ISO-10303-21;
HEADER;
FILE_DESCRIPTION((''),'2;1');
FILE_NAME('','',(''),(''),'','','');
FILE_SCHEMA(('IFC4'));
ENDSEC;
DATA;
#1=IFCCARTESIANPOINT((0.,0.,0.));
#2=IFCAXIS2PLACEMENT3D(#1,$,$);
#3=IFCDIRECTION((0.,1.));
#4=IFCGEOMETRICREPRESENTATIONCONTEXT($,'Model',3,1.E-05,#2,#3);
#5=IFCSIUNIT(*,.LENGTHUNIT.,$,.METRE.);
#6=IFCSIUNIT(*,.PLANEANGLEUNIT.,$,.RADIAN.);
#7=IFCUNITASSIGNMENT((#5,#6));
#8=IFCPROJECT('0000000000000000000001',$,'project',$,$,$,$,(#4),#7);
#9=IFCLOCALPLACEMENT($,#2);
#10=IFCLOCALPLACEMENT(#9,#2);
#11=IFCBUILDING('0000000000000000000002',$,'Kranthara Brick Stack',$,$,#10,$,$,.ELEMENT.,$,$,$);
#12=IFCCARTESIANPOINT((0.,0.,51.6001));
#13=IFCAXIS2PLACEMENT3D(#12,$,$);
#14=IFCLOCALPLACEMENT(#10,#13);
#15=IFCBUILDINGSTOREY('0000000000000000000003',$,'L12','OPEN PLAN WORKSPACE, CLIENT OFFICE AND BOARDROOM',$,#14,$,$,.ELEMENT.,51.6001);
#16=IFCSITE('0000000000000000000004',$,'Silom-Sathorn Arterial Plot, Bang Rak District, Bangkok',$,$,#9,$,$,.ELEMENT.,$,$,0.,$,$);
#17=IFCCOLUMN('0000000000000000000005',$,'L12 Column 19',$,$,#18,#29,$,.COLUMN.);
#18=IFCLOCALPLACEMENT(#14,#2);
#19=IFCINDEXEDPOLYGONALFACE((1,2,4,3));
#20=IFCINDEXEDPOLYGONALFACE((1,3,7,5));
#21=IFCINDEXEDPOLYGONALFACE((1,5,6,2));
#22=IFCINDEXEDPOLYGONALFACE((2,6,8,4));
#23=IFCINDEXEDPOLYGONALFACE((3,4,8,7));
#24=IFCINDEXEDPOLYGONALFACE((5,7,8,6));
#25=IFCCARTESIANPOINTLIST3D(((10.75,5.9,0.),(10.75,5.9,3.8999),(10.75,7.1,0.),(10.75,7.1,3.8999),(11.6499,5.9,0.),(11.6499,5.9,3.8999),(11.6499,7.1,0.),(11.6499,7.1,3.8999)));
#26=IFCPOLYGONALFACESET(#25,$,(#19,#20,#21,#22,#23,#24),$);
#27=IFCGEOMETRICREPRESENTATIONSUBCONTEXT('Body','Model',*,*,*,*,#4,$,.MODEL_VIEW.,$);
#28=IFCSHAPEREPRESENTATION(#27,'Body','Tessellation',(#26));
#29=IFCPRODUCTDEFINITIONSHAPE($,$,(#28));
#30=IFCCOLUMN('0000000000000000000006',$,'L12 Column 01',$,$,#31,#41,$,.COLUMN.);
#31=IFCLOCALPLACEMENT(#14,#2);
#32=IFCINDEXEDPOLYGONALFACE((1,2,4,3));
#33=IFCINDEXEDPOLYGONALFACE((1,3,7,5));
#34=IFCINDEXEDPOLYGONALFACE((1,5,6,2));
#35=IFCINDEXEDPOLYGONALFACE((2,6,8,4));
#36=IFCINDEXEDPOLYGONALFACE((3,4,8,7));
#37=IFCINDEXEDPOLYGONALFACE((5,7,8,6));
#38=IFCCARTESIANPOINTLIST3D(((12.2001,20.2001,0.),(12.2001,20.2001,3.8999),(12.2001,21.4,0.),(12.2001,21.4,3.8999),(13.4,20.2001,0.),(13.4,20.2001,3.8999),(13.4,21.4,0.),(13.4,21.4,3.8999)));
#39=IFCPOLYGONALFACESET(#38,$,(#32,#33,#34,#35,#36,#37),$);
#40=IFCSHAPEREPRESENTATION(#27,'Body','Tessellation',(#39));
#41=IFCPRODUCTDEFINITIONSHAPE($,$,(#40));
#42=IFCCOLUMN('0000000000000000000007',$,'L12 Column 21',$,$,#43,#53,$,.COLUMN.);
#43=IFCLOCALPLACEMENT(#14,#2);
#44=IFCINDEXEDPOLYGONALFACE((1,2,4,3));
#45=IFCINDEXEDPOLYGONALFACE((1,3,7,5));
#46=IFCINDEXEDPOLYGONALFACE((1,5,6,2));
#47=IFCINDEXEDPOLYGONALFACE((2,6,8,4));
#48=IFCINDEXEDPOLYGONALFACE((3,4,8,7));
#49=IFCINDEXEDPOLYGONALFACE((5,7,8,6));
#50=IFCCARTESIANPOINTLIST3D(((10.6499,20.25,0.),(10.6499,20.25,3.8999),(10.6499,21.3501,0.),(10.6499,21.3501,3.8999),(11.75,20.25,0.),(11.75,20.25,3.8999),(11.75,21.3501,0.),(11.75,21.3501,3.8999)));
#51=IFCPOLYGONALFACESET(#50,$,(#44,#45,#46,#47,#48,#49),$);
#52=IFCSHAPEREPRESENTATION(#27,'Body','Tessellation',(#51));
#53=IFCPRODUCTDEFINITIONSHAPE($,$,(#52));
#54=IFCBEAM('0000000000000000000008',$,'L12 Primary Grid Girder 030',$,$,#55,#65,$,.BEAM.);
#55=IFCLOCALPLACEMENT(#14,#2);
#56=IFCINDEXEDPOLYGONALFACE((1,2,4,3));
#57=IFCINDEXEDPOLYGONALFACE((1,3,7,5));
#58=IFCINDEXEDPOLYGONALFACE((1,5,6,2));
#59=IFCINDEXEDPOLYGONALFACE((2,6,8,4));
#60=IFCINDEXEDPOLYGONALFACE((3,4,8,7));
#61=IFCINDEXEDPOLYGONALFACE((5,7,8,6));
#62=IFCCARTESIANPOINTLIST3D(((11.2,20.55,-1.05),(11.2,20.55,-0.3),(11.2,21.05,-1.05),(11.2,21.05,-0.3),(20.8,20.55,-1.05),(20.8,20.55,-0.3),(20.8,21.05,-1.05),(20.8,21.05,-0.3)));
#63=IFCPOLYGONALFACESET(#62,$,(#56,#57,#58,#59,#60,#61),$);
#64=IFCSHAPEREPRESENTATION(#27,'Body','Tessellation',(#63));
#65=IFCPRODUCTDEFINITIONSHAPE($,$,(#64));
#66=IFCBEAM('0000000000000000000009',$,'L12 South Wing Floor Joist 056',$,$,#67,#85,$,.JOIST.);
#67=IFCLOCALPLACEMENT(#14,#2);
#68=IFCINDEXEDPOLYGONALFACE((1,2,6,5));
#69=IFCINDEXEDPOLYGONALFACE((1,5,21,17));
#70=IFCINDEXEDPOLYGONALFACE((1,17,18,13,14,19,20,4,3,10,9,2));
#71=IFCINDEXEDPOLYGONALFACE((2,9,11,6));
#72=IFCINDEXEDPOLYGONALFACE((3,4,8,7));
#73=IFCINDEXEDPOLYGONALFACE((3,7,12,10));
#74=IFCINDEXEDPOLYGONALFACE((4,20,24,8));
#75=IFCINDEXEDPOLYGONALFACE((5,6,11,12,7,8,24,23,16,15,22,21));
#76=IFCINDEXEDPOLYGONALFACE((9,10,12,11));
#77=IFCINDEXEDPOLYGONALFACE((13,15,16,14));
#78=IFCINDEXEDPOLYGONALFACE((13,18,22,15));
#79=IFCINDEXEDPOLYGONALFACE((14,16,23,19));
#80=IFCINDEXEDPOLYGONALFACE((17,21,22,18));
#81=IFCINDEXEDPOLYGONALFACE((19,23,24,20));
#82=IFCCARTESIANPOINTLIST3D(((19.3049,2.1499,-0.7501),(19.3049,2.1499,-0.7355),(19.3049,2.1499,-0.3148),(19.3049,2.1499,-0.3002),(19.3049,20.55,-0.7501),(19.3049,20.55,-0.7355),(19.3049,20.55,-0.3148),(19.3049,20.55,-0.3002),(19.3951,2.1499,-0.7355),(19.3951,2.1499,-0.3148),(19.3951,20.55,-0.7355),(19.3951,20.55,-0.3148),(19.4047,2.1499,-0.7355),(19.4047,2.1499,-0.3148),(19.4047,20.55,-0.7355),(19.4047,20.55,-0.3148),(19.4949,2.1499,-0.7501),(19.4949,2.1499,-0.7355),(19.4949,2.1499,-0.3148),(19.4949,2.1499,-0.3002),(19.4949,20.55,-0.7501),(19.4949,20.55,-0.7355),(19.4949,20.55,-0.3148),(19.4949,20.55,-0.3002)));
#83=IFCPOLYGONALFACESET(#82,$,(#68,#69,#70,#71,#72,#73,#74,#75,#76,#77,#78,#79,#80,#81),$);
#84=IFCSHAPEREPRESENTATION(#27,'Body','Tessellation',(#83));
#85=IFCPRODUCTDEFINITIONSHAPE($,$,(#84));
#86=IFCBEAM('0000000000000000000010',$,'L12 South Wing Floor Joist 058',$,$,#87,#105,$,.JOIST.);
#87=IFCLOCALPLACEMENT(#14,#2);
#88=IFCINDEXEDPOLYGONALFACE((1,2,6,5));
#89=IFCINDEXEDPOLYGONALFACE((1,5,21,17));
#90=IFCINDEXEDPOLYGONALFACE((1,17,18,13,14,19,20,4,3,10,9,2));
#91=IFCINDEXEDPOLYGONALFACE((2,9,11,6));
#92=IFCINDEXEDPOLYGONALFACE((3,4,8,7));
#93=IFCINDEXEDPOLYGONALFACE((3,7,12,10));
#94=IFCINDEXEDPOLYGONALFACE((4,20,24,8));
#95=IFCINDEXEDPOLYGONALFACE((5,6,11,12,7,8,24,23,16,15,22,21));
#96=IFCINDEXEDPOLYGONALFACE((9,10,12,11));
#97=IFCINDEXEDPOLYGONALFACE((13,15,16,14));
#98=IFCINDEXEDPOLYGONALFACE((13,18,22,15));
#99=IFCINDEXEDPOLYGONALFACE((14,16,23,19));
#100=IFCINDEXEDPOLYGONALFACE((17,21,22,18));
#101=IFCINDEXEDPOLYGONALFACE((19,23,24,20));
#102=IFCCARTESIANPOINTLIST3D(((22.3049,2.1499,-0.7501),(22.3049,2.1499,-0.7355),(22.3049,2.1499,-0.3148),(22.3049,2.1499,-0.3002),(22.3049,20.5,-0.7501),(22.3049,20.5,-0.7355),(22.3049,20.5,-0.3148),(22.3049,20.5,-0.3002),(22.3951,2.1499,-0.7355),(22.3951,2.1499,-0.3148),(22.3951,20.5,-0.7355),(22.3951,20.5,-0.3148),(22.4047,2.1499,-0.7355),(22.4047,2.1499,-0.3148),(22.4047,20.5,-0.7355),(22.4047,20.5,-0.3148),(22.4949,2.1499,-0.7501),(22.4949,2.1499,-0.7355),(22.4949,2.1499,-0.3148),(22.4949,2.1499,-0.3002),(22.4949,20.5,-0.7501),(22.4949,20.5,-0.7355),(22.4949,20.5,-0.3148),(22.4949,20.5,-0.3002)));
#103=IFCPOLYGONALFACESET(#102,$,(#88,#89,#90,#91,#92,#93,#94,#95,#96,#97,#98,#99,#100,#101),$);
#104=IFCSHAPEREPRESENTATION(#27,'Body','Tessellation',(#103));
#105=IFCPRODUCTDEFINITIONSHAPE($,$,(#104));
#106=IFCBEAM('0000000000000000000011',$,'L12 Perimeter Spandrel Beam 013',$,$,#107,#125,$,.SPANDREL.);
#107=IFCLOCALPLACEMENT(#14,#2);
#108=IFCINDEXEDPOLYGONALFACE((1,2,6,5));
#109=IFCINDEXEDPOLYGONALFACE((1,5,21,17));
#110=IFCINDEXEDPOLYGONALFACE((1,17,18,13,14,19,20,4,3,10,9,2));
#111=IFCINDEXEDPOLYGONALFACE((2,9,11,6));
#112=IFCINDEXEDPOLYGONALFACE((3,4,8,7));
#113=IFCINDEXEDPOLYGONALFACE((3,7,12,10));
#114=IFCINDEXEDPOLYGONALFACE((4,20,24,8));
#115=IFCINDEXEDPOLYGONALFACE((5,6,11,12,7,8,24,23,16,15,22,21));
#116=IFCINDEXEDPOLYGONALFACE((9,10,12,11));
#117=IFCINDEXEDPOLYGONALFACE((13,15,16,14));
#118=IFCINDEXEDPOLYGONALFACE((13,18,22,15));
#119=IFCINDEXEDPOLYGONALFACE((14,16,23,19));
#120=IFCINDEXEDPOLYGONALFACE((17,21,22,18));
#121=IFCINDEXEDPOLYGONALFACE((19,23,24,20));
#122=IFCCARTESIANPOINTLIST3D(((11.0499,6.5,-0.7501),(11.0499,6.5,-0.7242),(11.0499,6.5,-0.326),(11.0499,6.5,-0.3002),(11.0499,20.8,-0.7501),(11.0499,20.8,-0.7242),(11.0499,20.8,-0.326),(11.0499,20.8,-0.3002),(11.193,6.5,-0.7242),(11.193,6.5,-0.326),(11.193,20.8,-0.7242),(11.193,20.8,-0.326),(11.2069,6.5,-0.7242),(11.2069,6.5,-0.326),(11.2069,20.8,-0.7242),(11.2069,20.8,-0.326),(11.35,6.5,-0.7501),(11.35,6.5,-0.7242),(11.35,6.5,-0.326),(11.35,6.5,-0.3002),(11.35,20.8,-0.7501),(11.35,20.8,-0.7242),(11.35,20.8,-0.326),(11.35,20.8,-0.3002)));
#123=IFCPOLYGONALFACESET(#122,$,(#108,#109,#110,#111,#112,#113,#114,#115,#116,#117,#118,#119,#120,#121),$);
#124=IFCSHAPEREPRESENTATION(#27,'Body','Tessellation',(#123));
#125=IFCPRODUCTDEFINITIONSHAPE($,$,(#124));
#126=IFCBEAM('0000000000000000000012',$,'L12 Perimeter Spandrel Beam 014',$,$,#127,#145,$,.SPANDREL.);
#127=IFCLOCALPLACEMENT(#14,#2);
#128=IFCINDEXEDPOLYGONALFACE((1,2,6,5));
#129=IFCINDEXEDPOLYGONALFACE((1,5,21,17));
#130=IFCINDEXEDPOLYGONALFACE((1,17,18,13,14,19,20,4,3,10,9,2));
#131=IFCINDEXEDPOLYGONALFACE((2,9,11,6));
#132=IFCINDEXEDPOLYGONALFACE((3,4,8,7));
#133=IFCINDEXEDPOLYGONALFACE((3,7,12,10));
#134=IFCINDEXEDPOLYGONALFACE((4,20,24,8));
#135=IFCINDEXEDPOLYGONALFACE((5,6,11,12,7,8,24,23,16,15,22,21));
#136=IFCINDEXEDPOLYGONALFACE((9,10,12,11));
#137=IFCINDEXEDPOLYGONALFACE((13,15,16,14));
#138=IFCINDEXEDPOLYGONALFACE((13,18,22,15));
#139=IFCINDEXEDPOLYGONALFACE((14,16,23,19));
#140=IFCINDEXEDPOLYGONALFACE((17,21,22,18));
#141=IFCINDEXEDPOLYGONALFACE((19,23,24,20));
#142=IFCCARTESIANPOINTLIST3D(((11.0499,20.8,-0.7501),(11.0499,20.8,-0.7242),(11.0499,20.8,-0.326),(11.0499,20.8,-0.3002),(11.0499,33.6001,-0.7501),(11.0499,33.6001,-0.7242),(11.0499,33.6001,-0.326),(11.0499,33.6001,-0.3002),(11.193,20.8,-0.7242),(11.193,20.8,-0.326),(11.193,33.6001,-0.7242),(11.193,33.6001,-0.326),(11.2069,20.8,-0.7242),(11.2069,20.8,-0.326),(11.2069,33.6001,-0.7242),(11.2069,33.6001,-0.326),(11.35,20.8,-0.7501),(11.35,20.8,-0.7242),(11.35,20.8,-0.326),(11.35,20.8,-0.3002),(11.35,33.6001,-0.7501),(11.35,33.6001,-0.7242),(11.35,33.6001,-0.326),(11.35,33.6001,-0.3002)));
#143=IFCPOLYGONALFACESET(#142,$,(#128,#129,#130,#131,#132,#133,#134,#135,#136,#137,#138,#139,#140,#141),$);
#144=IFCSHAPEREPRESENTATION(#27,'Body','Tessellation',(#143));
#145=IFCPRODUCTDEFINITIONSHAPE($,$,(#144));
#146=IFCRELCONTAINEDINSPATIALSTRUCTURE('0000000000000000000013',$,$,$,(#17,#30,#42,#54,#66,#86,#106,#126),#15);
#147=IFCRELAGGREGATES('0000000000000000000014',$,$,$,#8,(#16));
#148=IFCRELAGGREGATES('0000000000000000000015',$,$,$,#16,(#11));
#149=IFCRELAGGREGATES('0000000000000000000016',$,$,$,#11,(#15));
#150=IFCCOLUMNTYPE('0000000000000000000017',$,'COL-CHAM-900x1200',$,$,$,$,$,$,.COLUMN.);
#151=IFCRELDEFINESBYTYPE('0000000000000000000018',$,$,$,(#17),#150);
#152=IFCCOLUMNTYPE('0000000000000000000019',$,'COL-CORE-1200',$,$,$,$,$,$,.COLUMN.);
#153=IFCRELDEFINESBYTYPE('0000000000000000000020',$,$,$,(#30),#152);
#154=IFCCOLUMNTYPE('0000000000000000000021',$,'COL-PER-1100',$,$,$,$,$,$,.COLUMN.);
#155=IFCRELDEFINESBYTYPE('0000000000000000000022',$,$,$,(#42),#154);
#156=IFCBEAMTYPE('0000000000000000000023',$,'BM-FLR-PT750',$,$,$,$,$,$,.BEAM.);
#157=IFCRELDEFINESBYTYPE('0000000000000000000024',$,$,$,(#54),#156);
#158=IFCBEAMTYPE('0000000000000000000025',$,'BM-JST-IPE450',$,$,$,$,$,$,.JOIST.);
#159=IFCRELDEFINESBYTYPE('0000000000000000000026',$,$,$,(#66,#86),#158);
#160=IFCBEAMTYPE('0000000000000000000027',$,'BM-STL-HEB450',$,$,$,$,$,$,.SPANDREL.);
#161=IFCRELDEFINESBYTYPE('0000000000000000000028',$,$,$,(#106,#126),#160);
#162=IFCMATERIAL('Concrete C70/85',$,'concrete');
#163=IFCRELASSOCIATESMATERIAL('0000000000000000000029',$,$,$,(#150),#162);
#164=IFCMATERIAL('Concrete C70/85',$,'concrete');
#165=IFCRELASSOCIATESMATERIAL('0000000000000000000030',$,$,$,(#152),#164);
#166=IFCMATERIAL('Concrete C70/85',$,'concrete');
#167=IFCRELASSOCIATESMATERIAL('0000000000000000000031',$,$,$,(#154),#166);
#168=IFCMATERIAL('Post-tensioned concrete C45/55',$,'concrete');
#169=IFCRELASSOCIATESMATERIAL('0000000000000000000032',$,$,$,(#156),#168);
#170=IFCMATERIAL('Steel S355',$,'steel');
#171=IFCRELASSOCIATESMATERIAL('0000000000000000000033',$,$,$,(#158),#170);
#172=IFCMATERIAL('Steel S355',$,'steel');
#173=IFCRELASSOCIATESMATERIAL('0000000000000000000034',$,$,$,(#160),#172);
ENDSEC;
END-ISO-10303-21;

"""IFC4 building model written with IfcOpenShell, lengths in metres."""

from ifc_helpers import new_model, si_unit, direction, frame, origin, origin_2d, place, context, subcontext, project, spatial, rectangle, i_section, extrude, material, material_profile, profile_set, type_object, element, save


model = new_model("IFC4")

# Units and contexts
model_context = context("Model", 3, precision=1e-05, world=origin(), true_north=direction((0.0, 1.0)))
body_context = subcontext(model_context, "Body", "Model", "MODEL_VIEW")
ifc_project = project(units=[si_unit("LENGTHUNIT", "METRE"), si_unit("PLANEANGLEUNIT", "RADIAN")], contexts=[model_context])

# Site, building, storey
site_placement = place(None, origin())
site = spatial("IfcSite", under=ifc_project, at=site_placement, Name="Silom-Sathorn Arterial Plot, Bang Rak District, Bangkok", CompositionType="ELEMENT", RefElevation=0.0)
building_placement = place(site_placement, origin())
building = spatial("IfcBuilding", under=site, at=building_placement, Name="Kranthara Brick Stack", CompositionType="ELEMENT")
storey_placement = place(building_placement, frame((0.0, 0.0, 51.6001)))
storey = spatial("IfcBuildingStorey", under=building, at=storey_placement, Name="L12", Description="OPEN PLAN WORKSPACE, CLIENT OFFICE AND BOARDROOM", CompositionType="ELEMENT", Elevation=51.6001)

# Columns
ifc_material_1 = material(Name="Concrete C70/85", Category="concrete")
ifc_material_profile_1 = material_profile(ifc_material_1, rectangle(XDim=0.8999, YDim=1.2, at=origin_2d()), Name="RC 900x1200")
ifc_profile_set_1 = profile_set([ifc_material_profile_1], Name="Concrete C70/85")
column_type_1 = type_object("IfcColumnType", Name="COL-CHAM-900x1200", PredefinedType="COLUMN", material=ifc_profile_set_1)
column_1_placement = place(storey_placement, frame((11.2, 6.5, 0.0), z_axis=(0.0, 0.0, 1.0), x_axis=(1.0, 0.0, 0.0)))
element("IfcColumn", 1, at=column_1_placement, inside=storey, type_object=column_type_1, Name="L12 Column 19", PredefinedType="COLUMN", context=body_context, shape_type="SweptSolid", body=[
    extrude(rectangle(XDim=0.8999, YDim=1.2, at=origin_2d()), origin(), (0.0, 0.0, 1.0), 3.8999),
])
ifc_material_2 = material(Name="Concrete C70/85", Category="concrete")
ifc_material_profile_2 = material_profile(ifc_material_2, rectangle(XDim=1.2, YDim=1.2, at=origin_2d()), Name="RC 1200x1200")
ifc_profile_set_2 = profile_set([ifc_material_profile_2], Name="Concrete C70/85")
column_type_2 = type_object("IfcColumnType", Name="COL-CORE-1200", PredefinedType="COLUMN", material=ifc_profile_set_2)
column_2_placement = place(storey_placement, frame((12.8, 20.8, 0.0), z_axis=(0.0, 0.0, 1.0), x_axis=(1.0, 0.0, 0.0)))
element("IfcColumn", 2, at=column_2_placement, inside=storey, type_object=column_type_2, Name="L12 Column 01", PredefinedType="COLUMN", context=body_context, shape_type="SweptSolid", body=[
    extrude(rectangle(XDim=1.2, YDim=1.2, at=origin_2d()), origin(), (0.0, 0.0, 1.0), 3.8999),
])
ifc_material_3 = material(Name="Concrete C70/85", Category="concrete")
ifc_material_profile_3 = material_profile(ifc_material_3, rectangle(XDim=1.1001, YDim=1.1001, at=origin_2d()), Name="RC 1100x1100")
ifc_profile_set_3 = profile_set([ifc_material_profile_3], Name="Concrete C70/85")
column_type_3 = type_object("IfcColumnType", Name="COL-PER-1100", PredefinedType="COLUMN", material=ifc_profile_set_3)
column_3_placement = place(storey_placement, frame((11.2, 20.8, 0.0), z_axis=(0.0, 0.0, 1.0), x_axis=(1.0, 0.0, 0.0)))
element("IfcColumn", 3, at=column_3_placement, inside=storey, type_object=column_type_3, Name="L12 Column 21", PredefinedType="COLUMN", context=body_context, shape_type="SweptSolid", body=[
    extrude(rectangle(XDim=1.1001, YDim=1.1001, at=origin_2d()), origin(), (0.0, 0.0, 1.0), 3.8999),
])

# Beams
ifc_material_4 = material(Name="Post-tensioned concrete C45/55", Category="concrete")
ifc_material_profile_4 = material_profile(ifc_material_4, rectangle(XDim=0.5, YDim=0.75, at=origin_2d()), Name="PT 500x750")
ifc_profile_set_4 = profile_set([ifc_material_profile_4], Name="Post-tensioned concrete C45/55")
beam_type_1 = type_object("IfcBeamType", Name="BM-FLR-PT750", PredefinedType="BEAM", material=ifc_profile_set_4)
beam_1_placement = place(storey_placement, frame((11.2, 20.8, -0.675), z_axis=(1.0, 0.0, 0.0), x_axis=(0.0, 1.0, 0.0)))
element("IfcBeam", 4, at=beam_1_placement, inside=storey, type_object=beam_type_1, Name="L12 Primary Grid Girder 030", PredefinedType="BEAM", context=body_context, shape_type="SweptSolid", body=[
    extrude(rectangle(XDim=0.5, YDim=0.75, at=origin_2d()), origin(), (0.0, 0.0, 1.0), 9.6001),
])
ifc_material_5 = material(Name="Steel S355", Category="steel")
ifc_material_profile_5 = material_profile(ifc_material_5, i_section(OverallWidth=0.1899, OverallDepth=0.45, WebThickness=0.0095, FlangeThickness=0.0146, at=origin_2d()), Name="IPE 450")
ifc_profile_set_5 = profile_set([ifc_material_profile_5], Name="Steel S355")
beam_type_2 = type_object("IfcBeamType", Name="BM-JST-IPE450", PredefinedType="JOIST", material=ifc_profile_set_5)
beam_2_placement = place(storey_placement, frame((19.3999, 2.1499, -0.5251), z_axis=(0.0, 1.0, 0.0), x_axis=(-1.0, 0.0, 0.0)))
element("IfcBeam", 5, at=beam_2_placement, inside=storey, type_object=beam_type_2, Name="L12 South Wing Floor Joist 056", PredefinedType="JOIST", context=body_context, shape_type="SweptSolid", body=[
    extrude(i_section(OverallWidth=0.1899, OverallDepth=0.45, WebThickness=0.0095, FlangeThickness=0.0146, at=origin_2d()), origin(), (0.0, 0.0, 1.0), 18.4001),
])
beam_3_placement = place(storey_placement, frame((22.3999, 2.1499, -0.5251), z_axis=(0.0, 1.0, 0.0), x_axis=(-1.0, 0.0, 0.0)))
element("IfcBeam", 6, at=beam_3_placement, inside=storey, type_object=beam_type_2, Name="L12 South Wing Floor Joist 058", PredefinedType="JOIST", context=body_context, shape_type="SweptSolid", body=[
    extrude(i_section(OverallWidth=0.1899, OverallDepth=0.45, WebThickness=0.0095, FlangeThickness=0.0146, at=origin_2d()), origin(), (0.0, 0.0, 1.0), 18.3501),
])
ifc_material_6 = material(Name="Steel S355", Category="steel")
ifc_material_profile_6 = material_profile(ifc_material_6, i_section(OverallWidth=0.3, OverallDepth=0.45, WebThickness=0.0139, FlangeThickness=0.0259, at=origin_2d()), Name="HEB 450")
ifc_profile_set_6 = profile_set([ifc_material_profile_6], Name="Steel S355")
beam_type_3 = type_object("IfcBeamType", Name="BM-STL-HEB450", PredefinedType="SPANDREL", material=ifc_profile_set_6)
beam_4_placement = place(storey_placement, frame((11.2, 6.5, -0.5251), z_axis=(0.0, 1.0, 0.0), x_axis=(-1.0, 0.0, 0.0)))
element("IfcBeam", 7, at=beam_4_placement, inside=storey, type_object=beam_type_3, Name="L12 Perimeter Spandrel Beam 013", PredefinedType="SPANDREL", context=body_context, shape_type="SweptSolid", body=[
    extrude(i_section(OverallWidth=0.3, OverallDepth=0.45, WebThickness=0.0139, FlangeThickness=0.0259, at=origin_2d()), origin(), (0.0, 0.0, 1.0), 14.3),
])
beam_5_placement = place(storey_placement, frame((11.2, 20.8, -0.5251), z_axis=(0.0, 1.0, 0.0), x_axis=(-1.0, 0.0, 0.0)))
element("IfcBeam", 8, at=beam_5_placement, inside=storey, type_object=beam_type_3, Name="L12 Perimeter Spandrel Beam 014", PredefinedType="SPANDREL", context=body_context, shape_type="SweptSolid", body=[
    extrude(i_section(OverallWidth=0.3, OverallDepth=0.45, WebThickness=0.0139, FlangeThickness=0.0259, at=origin_2d()), origin(), (0.0, 0.0, 1.0), 12.8),
])

save(model, "model.ifc")
